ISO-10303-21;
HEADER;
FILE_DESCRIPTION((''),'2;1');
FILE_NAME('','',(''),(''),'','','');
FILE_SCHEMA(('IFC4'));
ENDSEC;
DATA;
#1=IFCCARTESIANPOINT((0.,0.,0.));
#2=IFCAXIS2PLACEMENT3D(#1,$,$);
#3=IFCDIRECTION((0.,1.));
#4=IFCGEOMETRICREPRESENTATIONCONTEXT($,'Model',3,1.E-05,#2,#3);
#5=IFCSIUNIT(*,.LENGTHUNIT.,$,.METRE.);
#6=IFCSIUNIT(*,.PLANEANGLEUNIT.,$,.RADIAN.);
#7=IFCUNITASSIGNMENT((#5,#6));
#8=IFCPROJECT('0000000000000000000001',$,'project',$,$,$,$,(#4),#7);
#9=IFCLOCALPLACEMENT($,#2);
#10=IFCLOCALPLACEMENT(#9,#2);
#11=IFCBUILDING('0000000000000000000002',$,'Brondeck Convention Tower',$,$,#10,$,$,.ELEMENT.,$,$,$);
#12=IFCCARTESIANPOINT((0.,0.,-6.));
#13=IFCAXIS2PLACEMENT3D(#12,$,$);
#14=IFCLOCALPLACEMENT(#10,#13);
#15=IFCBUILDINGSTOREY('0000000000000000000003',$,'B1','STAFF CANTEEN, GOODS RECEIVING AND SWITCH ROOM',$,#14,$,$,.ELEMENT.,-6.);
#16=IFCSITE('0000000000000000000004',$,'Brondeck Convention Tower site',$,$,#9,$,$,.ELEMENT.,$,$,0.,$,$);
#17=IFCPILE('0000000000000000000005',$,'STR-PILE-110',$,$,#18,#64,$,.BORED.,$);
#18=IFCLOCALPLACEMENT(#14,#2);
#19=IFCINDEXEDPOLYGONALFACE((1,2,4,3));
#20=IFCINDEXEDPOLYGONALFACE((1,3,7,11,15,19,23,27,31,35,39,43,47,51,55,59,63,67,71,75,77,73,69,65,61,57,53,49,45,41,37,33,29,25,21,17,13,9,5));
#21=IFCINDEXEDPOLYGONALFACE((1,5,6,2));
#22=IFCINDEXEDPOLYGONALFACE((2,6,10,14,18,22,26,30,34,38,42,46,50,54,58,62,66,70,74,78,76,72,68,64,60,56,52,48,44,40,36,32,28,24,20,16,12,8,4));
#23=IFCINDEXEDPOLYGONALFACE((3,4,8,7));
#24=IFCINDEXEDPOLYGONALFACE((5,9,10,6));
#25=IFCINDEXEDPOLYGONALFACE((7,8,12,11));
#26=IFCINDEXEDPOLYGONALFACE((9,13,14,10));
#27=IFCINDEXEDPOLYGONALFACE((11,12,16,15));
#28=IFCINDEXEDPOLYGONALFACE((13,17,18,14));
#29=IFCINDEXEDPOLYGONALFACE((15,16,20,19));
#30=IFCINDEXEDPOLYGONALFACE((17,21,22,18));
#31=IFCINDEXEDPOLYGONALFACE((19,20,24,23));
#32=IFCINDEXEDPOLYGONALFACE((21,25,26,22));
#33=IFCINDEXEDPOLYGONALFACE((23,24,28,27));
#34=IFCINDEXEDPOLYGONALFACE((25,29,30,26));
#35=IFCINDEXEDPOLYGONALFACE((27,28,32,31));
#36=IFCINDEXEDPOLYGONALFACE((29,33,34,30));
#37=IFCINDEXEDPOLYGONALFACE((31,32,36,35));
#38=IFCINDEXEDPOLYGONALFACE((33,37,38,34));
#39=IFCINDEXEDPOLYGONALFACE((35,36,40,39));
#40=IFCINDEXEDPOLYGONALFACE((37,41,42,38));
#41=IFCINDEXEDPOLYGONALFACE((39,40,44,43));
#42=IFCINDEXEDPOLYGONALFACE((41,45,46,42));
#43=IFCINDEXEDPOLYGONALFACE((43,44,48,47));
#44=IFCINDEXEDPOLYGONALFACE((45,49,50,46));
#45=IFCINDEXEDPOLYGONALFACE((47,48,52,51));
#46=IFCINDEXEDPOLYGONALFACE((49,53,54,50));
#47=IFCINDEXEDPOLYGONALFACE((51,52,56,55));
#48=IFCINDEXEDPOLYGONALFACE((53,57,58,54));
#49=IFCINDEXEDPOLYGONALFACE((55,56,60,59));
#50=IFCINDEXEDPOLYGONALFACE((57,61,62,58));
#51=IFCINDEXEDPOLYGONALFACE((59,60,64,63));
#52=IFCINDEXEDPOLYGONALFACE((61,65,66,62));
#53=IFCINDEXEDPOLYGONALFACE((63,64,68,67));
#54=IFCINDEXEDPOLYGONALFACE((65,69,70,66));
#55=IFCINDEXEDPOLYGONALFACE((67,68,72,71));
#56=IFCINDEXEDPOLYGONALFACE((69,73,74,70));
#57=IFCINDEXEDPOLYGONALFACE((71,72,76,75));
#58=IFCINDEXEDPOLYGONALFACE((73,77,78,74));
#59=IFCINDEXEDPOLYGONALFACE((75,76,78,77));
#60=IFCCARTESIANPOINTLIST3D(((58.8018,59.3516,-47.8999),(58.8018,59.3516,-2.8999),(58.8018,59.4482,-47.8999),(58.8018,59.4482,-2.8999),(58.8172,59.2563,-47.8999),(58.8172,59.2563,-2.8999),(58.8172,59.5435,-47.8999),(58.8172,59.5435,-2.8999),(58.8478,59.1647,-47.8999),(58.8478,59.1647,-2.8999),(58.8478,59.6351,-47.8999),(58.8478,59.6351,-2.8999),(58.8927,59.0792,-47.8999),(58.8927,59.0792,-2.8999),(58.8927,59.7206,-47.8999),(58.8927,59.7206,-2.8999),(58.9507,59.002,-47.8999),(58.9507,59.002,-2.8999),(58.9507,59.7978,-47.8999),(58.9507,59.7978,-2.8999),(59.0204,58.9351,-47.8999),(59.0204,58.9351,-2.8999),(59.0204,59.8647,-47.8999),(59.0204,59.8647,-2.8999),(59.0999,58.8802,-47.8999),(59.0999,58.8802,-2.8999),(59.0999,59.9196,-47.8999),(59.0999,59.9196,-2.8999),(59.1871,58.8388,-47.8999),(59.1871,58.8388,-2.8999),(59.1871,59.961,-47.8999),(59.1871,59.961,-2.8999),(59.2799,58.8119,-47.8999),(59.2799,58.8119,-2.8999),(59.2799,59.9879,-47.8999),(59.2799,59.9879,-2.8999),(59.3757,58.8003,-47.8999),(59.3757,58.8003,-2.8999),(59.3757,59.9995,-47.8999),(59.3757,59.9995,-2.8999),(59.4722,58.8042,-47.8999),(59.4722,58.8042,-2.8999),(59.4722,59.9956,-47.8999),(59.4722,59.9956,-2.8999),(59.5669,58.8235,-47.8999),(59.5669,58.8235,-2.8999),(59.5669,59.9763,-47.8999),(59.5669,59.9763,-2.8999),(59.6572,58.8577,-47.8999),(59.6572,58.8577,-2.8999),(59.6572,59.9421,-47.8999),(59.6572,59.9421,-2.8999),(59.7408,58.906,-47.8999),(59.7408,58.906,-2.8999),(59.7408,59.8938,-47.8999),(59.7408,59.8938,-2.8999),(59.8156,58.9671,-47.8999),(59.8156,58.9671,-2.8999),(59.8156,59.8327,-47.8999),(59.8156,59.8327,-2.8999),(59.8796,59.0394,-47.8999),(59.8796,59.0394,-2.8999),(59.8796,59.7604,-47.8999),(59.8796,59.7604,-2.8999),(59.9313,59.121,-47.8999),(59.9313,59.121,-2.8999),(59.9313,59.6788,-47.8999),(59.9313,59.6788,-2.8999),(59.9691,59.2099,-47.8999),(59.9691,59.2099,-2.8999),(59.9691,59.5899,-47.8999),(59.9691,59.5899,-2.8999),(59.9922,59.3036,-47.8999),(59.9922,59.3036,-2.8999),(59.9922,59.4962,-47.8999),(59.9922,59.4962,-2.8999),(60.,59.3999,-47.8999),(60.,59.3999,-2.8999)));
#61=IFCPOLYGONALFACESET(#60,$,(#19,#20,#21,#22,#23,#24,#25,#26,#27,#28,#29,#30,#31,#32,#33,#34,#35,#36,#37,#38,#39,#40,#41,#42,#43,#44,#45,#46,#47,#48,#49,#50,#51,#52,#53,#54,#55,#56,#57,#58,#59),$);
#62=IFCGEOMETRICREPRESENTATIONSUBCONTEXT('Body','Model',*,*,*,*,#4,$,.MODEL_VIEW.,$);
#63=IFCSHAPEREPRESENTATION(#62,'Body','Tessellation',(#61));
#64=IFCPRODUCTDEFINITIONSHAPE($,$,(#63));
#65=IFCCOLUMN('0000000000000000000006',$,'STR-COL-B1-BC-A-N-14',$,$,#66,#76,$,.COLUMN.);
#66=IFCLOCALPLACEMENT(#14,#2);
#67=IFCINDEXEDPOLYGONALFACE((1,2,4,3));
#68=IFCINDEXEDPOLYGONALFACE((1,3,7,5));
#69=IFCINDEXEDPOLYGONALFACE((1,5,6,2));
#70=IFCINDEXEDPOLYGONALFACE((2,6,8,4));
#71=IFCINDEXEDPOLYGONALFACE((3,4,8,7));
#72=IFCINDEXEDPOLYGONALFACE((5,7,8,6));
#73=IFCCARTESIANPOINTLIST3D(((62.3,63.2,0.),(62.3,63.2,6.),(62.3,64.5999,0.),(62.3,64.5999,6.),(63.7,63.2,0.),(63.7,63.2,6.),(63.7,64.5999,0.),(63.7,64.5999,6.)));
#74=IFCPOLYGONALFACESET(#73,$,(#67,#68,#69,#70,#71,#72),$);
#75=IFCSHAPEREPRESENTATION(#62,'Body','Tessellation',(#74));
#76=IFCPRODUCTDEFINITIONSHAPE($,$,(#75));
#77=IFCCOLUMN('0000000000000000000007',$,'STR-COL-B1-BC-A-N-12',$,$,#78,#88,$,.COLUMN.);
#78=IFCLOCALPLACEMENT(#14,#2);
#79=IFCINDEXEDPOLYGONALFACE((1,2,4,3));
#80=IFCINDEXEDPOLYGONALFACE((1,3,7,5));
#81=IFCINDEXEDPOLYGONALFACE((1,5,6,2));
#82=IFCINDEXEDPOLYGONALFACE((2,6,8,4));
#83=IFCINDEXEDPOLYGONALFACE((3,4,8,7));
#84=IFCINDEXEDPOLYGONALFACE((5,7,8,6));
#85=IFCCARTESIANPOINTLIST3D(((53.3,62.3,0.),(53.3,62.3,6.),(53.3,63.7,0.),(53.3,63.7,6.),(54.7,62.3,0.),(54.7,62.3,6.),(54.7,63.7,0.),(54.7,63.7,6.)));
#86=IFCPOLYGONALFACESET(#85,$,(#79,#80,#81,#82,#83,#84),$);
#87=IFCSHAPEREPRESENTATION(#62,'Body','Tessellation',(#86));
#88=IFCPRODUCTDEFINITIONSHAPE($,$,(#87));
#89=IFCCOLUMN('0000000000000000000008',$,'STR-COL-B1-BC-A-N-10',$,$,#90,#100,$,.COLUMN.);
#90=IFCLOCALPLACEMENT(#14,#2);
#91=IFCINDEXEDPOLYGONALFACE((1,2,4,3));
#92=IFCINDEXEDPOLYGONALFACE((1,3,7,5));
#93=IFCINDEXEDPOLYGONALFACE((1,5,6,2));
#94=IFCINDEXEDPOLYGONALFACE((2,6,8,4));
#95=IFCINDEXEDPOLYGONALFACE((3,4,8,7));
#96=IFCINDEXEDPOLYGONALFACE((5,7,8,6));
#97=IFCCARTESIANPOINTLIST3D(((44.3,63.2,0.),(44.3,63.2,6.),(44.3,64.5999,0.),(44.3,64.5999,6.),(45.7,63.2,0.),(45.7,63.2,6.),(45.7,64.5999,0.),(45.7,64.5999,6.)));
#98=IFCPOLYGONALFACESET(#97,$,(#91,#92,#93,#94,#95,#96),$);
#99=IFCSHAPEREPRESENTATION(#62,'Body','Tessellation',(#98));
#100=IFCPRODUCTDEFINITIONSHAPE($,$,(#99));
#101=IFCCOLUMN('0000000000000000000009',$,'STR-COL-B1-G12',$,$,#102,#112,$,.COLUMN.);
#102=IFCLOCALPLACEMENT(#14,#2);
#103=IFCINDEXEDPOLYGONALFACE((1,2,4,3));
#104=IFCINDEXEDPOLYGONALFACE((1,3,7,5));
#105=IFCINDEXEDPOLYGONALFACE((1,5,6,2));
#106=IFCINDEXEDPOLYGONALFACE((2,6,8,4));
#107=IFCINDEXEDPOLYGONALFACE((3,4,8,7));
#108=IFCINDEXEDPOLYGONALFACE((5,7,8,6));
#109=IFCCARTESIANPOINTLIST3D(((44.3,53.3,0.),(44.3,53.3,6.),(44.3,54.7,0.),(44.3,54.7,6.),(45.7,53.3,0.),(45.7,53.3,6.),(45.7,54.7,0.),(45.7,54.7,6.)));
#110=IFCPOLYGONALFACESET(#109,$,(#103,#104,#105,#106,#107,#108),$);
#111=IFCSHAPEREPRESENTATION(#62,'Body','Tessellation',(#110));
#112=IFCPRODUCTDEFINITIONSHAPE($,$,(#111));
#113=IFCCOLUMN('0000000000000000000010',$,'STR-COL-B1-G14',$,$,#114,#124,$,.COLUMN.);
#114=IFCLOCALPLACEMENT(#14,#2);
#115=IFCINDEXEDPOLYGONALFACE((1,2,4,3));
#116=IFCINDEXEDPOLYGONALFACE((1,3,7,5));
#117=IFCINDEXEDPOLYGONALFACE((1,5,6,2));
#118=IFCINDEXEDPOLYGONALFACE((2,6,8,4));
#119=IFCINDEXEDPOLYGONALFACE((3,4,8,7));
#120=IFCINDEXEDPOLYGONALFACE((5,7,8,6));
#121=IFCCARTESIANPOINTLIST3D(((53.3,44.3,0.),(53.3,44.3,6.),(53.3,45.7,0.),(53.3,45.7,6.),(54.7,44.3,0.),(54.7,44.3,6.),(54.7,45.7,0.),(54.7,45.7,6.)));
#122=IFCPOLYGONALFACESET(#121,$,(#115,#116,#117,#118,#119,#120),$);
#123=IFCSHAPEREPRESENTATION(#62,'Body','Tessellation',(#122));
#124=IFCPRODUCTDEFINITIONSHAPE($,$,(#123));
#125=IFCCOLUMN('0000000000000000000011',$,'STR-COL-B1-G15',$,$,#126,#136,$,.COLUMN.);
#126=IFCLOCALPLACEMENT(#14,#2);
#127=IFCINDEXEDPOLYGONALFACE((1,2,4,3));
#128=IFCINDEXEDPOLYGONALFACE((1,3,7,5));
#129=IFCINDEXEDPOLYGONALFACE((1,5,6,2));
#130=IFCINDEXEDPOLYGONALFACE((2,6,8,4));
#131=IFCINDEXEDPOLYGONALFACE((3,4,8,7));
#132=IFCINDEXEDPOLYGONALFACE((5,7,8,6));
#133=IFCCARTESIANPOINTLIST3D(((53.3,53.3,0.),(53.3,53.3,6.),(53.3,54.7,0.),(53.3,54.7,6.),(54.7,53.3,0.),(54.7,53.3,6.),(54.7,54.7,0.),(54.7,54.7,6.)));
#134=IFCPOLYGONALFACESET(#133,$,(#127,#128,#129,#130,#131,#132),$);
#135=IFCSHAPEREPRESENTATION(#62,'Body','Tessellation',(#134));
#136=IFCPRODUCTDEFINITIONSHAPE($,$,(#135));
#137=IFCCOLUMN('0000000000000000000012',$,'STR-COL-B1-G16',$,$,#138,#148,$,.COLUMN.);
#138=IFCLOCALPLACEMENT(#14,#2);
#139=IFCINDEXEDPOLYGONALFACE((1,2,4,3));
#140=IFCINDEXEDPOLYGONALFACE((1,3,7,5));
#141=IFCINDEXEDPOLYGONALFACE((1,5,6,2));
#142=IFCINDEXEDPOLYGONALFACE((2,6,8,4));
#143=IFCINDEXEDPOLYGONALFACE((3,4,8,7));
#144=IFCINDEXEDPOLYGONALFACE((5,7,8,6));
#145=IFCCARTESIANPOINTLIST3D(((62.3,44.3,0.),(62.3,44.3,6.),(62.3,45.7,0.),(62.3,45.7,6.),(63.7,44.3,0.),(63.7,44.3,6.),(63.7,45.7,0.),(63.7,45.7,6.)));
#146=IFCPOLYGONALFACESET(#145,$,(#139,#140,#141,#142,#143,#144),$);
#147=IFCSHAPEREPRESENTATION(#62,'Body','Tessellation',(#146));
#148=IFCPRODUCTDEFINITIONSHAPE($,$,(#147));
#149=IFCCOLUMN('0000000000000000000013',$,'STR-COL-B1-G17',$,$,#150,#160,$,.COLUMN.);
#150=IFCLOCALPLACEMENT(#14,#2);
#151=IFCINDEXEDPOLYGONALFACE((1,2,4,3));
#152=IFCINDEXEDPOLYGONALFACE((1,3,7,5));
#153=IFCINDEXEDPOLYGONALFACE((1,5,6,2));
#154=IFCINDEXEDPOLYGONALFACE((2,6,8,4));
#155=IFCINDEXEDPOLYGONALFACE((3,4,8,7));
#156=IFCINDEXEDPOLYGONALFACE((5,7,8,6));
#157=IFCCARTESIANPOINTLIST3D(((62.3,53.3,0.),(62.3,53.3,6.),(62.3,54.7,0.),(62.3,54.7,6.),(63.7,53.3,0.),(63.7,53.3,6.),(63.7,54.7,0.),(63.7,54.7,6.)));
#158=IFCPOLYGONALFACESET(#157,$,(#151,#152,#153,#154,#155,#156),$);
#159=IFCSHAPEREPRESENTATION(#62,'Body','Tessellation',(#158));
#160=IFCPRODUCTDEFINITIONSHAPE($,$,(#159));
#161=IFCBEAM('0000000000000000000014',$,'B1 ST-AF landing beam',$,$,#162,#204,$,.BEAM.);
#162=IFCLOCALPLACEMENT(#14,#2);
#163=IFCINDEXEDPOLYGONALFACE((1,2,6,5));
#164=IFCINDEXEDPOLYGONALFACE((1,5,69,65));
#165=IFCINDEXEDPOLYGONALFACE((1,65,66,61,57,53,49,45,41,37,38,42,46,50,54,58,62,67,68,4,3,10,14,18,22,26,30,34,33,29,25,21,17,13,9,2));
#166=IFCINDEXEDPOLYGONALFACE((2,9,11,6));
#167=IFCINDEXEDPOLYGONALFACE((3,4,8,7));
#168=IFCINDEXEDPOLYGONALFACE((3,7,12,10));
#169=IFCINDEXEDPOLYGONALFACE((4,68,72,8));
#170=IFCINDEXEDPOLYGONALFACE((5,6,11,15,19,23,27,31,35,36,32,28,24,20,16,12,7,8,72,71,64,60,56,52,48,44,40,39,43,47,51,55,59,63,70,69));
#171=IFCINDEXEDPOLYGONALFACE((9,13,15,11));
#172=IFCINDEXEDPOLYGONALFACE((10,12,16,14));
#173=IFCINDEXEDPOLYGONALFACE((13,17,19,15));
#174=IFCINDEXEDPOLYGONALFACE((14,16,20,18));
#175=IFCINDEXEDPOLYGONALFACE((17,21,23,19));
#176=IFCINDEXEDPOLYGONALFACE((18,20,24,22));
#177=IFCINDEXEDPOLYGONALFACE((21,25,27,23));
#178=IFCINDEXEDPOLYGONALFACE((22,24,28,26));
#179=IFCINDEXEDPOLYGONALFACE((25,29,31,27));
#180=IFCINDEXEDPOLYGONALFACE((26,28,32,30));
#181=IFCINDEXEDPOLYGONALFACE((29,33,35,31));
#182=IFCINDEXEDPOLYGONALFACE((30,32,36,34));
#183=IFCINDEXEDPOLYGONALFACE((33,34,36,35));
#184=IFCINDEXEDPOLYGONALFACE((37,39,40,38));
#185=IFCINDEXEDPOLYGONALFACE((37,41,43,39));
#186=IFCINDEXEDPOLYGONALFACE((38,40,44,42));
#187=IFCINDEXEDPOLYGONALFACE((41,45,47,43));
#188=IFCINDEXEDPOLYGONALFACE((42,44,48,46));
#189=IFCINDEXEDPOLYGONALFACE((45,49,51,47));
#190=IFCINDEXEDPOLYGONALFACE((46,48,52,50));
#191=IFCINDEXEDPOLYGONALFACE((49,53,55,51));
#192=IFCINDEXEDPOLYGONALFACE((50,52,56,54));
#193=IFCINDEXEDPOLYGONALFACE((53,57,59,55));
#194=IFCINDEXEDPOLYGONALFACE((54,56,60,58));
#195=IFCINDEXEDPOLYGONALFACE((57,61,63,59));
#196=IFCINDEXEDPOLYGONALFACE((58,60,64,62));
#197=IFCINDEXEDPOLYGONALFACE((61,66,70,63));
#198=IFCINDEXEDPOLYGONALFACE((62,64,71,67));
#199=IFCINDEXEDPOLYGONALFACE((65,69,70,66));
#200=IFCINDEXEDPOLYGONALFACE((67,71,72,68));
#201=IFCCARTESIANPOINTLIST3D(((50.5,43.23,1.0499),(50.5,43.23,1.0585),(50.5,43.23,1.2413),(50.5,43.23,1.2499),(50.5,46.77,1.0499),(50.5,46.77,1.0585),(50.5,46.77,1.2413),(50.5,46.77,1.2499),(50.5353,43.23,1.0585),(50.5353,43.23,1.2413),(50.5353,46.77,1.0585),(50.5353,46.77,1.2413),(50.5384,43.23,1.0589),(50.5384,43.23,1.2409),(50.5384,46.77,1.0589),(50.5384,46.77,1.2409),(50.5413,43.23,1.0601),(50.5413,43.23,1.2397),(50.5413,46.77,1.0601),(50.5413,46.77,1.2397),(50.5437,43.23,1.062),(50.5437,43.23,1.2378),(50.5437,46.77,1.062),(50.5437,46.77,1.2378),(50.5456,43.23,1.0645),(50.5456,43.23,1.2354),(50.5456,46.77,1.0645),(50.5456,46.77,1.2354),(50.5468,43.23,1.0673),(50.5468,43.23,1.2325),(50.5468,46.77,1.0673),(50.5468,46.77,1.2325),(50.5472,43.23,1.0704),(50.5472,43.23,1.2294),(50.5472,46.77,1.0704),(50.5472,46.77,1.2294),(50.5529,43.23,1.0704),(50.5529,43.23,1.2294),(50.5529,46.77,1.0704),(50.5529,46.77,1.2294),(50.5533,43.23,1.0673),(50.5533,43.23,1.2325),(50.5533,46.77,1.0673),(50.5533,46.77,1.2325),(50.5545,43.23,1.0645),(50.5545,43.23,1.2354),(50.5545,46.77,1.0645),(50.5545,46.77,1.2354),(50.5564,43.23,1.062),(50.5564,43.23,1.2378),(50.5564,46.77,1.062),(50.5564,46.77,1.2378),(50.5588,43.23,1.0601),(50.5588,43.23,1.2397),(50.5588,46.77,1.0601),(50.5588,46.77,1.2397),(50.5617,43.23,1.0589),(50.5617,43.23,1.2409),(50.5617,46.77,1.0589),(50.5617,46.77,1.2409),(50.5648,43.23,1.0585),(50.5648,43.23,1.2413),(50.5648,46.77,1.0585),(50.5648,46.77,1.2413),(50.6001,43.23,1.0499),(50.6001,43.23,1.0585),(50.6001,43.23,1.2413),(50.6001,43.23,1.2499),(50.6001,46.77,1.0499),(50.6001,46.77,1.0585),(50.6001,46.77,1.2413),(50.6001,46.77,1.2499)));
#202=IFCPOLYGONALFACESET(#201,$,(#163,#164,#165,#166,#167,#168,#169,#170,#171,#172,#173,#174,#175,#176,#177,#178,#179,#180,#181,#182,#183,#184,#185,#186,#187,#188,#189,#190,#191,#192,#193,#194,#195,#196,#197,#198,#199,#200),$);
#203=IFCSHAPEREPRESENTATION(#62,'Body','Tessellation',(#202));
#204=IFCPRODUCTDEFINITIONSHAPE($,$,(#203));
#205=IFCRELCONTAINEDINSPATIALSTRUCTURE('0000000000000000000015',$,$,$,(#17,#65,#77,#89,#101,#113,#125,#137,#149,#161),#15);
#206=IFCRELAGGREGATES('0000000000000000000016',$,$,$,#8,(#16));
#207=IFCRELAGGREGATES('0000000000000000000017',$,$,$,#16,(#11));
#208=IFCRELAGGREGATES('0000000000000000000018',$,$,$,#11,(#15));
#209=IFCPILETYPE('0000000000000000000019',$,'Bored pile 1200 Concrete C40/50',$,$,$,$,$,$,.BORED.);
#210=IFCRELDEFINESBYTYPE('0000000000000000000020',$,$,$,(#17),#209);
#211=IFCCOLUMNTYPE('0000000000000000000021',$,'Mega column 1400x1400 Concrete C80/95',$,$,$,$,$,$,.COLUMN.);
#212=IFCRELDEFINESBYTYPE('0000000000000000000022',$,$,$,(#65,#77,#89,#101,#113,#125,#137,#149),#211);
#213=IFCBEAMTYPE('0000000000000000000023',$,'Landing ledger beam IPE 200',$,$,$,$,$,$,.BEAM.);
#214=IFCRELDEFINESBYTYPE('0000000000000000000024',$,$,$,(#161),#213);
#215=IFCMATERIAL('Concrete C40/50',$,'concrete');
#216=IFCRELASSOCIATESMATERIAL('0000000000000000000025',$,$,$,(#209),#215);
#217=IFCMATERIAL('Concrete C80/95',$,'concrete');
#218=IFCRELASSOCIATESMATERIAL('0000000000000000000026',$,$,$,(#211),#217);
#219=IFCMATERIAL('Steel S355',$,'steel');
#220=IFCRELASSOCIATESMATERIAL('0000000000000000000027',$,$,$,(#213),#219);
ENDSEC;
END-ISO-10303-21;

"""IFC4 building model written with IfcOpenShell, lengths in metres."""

from ifc_helpers import new_model, si_unit, direction, frame, origin, origin_2d, place, context, subcontext, project, spatial, rectangle, circle, i_section, extrude, material, material_profile, profile_set, type_object, element, save


model = new_model("IFC4")

# Units and contexts
model_context = context("Model", 3, precision=1e-05, world=origin(), true_north=direction((0.0, 1.0)))
body_context = subcontext(model_context, "Body", "Model", "MODEL_VIEW")
ifc_project = project(units=[si_unit("LENGTHUNIT", "METRE"), si_unit("PLANEANGLEUNIT", "RADIAN")], contexts=[model_context])

# Site, building, storey
site_placement = place(None, origin())
site = spatial("IfcSite", under=ifc_project, at=site_placement, Name="Brondeck Convention Tower site", CompositionType="ELEMENT", RefElevation=0.0)
building_placement = place(site_placement, origin())
building = spatial("IfcBuilding", under=site, at=building_placement, Name="Brondeck Convention Tower", CompositionType="ELEMENT")
storey_placement = place(building_placement, frame((0.0, 0.0, -6.0)))
storey = spatial("IfcBuildingStorey", under=building, at=storey_placement, Name="B1", Description="STAFF CANTEEN, GOODS RECEIVING AND SWITCH ROOM", CompositionType="ELEMENT", Elevation=-6.0)

# Pile
ifc_material_1 = material(Name="Concrete C40/50", Category="concrete")
ifc_material_profile_1 = material_profile(ifc_material_1, circle(Radius=0.6001, at=origin_2d()), Name="Bored pile 1200 Concrete C40/50")
ifc_profile_set_1 = profile_set([ifc_material_profile_1], Name="Concrete C40/50")
pile_type = type_object("IfcPileType", Name="Bored pile 1200 Concrete C40/50", PredefinedType="BORED", material=ifc_profile_set_1)
for number, where, z_axis, x_axis, name in (
    (1, (59.3999, 59.3999, -2.8999), (0.0, 0.0, -1.0), (1.0, 0.0, 0.0), "STR-PILE-110"),
):
    element("IfcPile", number, at=place(storey_placement, frame(where, z_axis=z_axis, x_axis=x_axis)), inside=storey, type_object=pile_type, Name=name, PredefinedType="BORED", context=body_context, shape_type="SweptSolid", body=[
        extrude(circle(Radius=0.6001, at=origin_2d()), origin(), (0.0, 0.0, 1.0), 45.0),
    ])

# Columns
ifc_material_2 = material(Name="Concrete C80/95", Category="concrete")
ifc_material_profile_2 = material_profile(ifc_material_2, rectangle(XDim=1.3999, YDim=1.3999, at=origin_2d()), Name="Mega column 1400x1400 Concrete C80/95")
ifc_profile_set_2 = profile_set([ifc_material_profile_2], Name="Concrete C80/95")
column_type = type_object("IfcColumnType", Name="Mega column 1400x1400 Concrete C80/95", PredefinedType="COLUMN", material=ifc_profile_set_2)
for number, where, z_axis, x_axis, name in (
    (2, (63.0, 63.8999, 0.0), (0.0, 0.0, 1.0), (1.0, 0.0, 0.0), "STR-COL-B1-BC-A-N-14"),
    (3, (54.0, 63.0, 0.0), (0.0, 0.0, 1.0), (1.0, 0.0, 0.0), "STR-COL-B1-BC-A-N-12"),
    (4, (45.0, 63.8999, 0.0), (0.0, 0.0, 1.0), (1.0, 0.0, 0.0), "STR-COL-B1-BC-A-N-10"),
    (5, (45.0, 54.0, 0.0), (0.0, 0.0, 1.0), (1.0, 0.0, 0.0), "STR-COL-B1-G12"),
    (6, (54.0, 45.0, 0.0), (0.0, 0.0, 1.0), (1.0, 0.0, 0.0), "STR-COL-B1-G14"),
    (7, (54.0, 54.0, 0.0), (0.0, 0.0, 1.0), (1.0, 0.0, 0.0), "STR-COL-B1-G15"),
    (8, (63.0, 45.0, 0.0), (0.0, 0.0, 1.0), (1.0, 0.0, 0.0), "STR-COL-B1-G16"),
    (9, (63.0, 54.0, 0.0), (0.0, 0.0, 1.0), (1.0, 0.0, 0.0), "STR-COL-B1-G17"),
):
    element("IfcColumn", number, at=place(storey_placement, frame(where, z_axis=z_axis, x_axis=x_axis)), inside=storey, type_object=column_type, Name=name, PredefinedType="COLUMN", context=body_context, shape_type="SweptSolid", body=[
        extrude(rectangle(XDim=1.3999, YDim=1.3999, at=origin_2d()), origin(), (0.0, 0.0, 1.0), 6.0),
    ])

# Beam
ifc_material_3 = material(Name="Steel S355", Category="steel")
ifc_material_profile_3 = material_profile(ifc_material_3, i_section(OverallWidth=0.1001, OverallDepth=0.2, WebThickness=0.0056, FlangeThickness=0.0085, FilletRadius=0.012, at=origin_2d()), Name="IPE200")
ifc_profile_set_3 = profile_set([ifc_material_profile_3], Name="Steel S355")
beam_type = type_object("IfcBeamType", Name="Landing ledger beam IPE 200", PredefinedType="BEAM", material=ifc_profile_set_3)
for number, where, z_axis, x_axis, name in (
    (10, (50.55, 43.23, 1.1499), (0.0, 1.0, 0.0), (-1.0, 0.0, 0.0), "B1 ST-AF landing beam"),
):
    element("IfcBeam", number, at=place(storey_placement, frame(where, z_axis=z_axis, x_axis=x_axis)), inside=storey, type_object=beam_type, Name=name, PredefinedType="BEAM", context=body_context, shape_type="SweptSolid", body=[
        extrude(i_section(OverallWidth=0.1001, OverallDepth=0.2, WebThickness=0.0056, FlangeThickness=0.0085, FilletRadius=0.012, at=origin_2d()), origin(), (0.0, 0.0, 1.0), 3.54),
    ])

save(model, "model.ifc")
